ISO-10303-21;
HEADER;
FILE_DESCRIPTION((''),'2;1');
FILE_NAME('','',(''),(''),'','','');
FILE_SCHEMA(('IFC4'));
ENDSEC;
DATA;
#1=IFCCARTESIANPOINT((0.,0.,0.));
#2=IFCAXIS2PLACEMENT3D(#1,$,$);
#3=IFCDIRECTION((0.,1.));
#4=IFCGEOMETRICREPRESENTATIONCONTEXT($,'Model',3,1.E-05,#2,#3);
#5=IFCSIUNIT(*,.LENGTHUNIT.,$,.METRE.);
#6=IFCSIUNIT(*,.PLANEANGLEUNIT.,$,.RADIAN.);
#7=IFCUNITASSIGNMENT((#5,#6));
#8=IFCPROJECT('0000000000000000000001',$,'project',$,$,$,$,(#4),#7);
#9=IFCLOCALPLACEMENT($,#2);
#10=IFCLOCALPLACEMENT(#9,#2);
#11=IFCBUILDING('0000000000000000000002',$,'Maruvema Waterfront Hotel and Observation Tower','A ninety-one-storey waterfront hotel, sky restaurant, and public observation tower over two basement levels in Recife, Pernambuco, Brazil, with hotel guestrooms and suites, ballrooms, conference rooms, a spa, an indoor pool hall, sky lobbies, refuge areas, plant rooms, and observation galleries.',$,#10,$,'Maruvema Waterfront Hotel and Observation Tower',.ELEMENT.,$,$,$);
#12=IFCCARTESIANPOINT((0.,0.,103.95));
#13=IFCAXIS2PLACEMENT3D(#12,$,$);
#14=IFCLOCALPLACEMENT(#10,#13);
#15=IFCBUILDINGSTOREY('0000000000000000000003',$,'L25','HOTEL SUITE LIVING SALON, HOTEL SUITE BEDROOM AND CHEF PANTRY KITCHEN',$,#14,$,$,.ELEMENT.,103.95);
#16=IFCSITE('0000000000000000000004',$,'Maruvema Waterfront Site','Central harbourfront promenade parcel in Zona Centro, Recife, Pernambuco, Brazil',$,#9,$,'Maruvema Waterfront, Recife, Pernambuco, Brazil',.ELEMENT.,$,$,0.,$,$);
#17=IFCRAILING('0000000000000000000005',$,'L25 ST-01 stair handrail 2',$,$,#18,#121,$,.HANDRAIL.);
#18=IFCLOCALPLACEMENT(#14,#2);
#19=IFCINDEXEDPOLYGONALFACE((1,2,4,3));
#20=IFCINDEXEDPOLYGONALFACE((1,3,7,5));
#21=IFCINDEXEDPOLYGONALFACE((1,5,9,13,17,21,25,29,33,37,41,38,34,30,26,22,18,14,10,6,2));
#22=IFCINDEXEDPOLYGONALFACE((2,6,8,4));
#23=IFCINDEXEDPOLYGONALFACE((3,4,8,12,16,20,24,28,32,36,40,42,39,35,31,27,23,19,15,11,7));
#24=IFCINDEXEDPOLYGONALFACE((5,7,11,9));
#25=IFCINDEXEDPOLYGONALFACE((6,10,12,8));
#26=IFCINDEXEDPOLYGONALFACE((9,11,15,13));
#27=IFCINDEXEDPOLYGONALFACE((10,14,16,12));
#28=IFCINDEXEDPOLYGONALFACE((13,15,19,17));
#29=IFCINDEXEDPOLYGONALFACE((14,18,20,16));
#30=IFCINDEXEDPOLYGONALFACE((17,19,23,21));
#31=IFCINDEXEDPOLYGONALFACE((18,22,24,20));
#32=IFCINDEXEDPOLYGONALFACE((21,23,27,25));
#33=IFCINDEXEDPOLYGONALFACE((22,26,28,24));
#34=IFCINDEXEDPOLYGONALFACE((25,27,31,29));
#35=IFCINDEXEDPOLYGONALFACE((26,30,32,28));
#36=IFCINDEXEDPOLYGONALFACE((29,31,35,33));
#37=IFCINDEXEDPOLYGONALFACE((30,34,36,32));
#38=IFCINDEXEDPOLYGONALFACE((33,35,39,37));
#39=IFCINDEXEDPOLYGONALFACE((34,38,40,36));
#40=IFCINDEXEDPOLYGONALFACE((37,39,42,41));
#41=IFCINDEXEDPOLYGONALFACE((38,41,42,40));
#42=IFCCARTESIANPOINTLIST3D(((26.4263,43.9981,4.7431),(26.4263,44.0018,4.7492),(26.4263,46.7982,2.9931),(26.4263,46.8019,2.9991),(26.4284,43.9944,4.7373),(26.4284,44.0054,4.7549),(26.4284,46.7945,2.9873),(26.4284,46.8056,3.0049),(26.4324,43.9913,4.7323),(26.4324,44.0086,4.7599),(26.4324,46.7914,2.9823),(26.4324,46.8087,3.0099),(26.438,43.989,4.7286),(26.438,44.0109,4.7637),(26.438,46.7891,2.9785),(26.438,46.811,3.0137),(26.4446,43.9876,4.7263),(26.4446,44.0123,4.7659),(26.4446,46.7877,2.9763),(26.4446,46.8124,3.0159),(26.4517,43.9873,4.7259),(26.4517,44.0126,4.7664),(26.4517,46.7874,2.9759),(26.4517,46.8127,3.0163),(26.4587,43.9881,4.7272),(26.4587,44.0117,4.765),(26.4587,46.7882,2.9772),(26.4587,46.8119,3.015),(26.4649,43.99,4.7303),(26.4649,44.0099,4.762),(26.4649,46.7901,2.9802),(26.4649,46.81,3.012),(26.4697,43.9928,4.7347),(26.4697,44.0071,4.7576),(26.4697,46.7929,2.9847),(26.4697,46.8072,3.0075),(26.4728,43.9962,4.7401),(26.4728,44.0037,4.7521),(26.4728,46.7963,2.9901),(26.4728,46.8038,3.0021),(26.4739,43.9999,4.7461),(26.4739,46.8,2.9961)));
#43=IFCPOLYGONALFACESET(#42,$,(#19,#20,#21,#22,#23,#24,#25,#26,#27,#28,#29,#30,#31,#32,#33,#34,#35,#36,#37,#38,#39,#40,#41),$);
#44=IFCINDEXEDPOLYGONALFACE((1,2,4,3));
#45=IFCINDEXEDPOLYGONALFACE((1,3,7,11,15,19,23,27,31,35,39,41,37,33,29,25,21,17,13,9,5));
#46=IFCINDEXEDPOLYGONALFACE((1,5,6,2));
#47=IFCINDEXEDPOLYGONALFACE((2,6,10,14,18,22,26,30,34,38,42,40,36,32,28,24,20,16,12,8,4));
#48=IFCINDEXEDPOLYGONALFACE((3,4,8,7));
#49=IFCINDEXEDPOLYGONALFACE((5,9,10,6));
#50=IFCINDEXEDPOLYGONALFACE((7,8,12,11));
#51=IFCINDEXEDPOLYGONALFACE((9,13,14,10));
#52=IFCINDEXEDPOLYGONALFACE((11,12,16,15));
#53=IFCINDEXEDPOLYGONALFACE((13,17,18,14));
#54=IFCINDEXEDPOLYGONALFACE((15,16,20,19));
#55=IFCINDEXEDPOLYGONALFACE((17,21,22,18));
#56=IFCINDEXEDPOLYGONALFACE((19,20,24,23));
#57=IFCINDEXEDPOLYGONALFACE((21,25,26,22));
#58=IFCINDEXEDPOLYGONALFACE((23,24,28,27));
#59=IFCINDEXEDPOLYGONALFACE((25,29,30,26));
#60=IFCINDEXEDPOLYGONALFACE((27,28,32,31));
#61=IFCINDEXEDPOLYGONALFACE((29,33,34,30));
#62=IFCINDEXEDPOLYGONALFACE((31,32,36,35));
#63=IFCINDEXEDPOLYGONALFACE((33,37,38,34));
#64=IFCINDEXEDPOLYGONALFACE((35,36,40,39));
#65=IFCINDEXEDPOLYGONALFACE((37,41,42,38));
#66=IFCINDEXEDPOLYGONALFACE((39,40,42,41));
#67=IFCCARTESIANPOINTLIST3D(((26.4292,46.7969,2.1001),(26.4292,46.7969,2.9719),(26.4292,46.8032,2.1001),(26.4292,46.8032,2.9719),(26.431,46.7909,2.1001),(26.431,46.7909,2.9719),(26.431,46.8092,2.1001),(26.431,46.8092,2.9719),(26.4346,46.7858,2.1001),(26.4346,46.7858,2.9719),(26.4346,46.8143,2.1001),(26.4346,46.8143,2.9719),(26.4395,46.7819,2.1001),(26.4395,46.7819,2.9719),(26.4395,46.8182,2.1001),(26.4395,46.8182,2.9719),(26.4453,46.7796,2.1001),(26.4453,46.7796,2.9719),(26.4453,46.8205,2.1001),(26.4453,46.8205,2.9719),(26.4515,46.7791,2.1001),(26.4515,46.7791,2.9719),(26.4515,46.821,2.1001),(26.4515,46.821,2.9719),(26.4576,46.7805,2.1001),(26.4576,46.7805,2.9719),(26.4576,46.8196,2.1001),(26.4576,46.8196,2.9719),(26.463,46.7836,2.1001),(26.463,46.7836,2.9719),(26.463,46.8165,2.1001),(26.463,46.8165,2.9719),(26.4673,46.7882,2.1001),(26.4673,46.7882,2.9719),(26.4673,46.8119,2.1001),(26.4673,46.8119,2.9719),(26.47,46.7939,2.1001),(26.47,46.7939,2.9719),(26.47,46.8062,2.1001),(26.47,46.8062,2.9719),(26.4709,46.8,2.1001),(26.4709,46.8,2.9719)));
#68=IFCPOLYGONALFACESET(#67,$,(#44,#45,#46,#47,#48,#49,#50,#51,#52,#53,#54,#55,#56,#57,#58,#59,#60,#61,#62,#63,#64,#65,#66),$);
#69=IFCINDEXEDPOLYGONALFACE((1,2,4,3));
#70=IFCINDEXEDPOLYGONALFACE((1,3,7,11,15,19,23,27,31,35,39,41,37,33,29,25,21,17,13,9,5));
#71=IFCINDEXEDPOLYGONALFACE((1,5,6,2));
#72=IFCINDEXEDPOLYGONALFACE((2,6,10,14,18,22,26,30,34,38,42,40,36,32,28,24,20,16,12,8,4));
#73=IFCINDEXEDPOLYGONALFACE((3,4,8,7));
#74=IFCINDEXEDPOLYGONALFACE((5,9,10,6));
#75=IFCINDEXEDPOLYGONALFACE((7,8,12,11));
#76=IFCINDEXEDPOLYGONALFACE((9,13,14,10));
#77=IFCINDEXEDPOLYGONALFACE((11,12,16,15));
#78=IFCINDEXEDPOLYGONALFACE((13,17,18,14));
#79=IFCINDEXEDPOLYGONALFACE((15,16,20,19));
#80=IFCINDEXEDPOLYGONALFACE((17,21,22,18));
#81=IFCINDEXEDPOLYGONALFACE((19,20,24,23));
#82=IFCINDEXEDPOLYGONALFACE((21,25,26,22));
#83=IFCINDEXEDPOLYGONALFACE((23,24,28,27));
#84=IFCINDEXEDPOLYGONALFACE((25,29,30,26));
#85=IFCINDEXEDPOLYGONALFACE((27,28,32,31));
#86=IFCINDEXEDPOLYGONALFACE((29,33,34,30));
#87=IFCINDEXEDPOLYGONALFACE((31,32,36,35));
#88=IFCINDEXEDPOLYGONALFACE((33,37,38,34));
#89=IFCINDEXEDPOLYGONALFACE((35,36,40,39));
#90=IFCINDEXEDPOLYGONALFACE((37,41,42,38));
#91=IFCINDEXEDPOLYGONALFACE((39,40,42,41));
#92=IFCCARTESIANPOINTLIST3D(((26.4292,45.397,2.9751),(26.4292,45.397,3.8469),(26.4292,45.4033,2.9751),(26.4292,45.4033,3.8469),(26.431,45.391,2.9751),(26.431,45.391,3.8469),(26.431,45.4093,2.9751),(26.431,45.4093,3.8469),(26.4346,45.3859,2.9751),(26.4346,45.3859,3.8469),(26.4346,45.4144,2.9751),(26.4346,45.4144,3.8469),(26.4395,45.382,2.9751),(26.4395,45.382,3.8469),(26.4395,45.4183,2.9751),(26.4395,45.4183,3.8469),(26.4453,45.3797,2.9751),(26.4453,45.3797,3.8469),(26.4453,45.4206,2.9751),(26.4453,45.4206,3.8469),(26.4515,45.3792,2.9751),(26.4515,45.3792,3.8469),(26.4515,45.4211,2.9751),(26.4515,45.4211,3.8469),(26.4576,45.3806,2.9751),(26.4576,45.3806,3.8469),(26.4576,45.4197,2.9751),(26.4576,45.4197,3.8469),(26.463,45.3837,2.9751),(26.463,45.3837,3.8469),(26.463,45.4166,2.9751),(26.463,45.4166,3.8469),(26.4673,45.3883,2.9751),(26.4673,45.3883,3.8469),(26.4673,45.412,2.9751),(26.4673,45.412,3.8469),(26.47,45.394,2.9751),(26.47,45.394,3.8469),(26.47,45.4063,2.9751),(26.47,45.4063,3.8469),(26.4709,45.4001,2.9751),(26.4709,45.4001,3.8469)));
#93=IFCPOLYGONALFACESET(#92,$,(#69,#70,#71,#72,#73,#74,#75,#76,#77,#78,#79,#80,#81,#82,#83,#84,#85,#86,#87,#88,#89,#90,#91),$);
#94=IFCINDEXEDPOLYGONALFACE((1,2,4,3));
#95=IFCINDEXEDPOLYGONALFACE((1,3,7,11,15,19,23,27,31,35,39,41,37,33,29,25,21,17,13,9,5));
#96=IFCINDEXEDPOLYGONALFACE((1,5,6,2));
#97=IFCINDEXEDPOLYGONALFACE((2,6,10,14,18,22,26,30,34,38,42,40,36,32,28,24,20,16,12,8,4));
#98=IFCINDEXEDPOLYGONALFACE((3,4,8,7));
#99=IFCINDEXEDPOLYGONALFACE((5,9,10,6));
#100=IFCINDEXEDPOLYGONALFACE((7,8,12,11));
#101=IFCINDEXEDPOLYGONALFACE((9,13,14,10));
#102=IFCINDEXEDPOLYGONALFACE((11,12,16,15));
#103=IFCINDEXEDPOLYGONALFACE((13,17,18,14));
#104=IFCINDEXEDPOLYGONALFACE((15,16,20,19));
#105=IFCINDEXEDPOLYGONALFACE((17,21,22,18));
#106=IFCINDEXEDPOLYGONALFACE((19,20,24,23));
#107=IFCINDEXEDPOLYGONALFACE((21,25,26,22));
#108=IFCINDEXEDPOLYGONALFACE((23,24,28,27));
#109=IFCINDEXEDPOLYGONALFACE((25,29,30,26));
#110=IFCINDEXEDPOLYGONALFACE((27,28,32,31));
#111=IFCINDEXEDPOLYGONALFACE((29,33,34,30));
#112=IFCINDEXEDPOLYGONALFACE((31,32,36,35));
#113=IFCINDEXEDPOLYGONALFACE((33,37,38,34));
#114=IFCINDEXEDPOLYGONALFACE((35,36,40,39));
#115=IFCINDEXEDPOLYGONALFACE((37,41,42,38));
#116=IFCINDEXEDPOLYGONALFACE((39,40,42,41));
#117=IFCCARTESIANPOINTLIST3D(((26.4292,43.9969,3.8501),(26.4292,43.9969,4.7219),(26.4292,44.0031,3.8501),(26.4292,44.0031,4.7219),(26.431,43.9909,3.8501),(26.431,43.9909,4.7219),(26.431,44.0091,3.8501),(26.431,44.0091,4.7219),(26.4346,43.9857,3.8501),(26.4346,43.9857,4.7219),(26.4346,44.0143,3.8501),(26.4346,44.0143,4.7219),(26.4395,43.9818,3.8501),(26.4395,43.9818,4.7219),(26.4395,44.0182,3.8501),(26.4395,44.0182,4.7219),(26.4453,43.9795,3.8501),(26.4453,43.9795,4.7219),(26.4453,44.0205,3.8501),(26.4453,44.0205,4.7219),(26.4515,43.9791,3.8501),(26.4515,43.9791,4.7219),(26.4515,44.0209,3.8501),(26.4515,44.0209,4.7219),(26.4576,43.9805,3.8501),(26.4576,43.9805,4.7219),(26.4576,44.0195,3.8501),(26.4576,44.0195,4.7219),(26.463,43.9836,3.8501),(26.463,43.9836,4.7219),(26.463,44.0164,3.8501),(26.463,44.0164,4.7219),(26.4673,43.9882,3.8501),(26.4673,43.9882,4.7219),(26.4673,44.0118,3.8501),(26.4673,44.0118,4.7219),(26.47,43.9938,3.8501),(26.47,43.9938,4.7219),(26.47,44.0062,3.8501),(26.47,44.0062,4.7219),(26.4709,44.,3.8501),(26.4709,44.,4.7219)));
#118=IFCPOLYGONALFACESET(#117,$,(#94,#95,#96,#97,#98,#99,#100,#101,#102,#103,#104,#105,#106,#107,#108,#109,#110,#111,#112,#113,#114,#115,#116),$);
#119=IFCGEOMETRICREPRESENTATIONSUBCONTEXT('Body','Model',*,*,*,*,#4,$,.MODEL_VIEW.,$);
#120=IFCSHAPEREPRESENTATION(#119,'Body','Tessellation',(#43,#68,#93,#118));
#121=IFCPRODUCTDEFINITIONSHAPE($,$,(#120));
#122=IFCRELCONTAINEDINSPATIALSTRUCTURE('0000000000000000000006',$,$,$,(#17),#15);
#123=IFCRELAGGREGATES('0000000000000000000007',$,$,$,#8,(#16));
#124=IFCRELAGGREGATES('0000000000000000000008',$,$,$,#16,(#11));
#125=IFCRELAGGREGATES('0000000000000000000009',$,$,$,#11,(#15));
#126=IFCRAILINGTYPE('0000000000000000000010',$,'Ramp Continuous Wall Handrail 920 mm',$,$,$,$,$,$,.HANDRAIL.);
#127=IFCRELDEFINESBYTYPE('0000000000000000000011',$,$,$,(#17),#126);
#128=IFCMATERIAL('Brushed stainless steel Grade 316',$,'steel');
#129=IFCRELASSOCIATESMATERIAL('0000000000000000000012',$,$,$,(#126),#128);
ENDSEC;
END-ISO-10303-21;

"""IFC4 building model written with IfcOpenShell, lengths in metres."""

from ifc_helpers import new_model, si_unit, direction, frame, origin, origin_2d, place, context, subcontext, project, spatial, circle, extrude, material, type_object, element, save


model = new_model("IFC4")

# Units and contexts
model_context = context("Model", 3, precision=1e-05, world=origin(), true_north=direction((0.0, 1.0)))
body_context = subcontext(model_context, "Body", "Model", "MODEL_VIEW")
ifc_project = project(units=[si_unit("LENGTHUNIT", "METRE"), si_unit("PLANEANGLEUNIT", "RADIAN")], contexts=[model_context])

# Site, building, storey
site_placement = place(None, origin())
site = spatial("IfcSite", under=ifc_project, at=site_placement, Name="Maruvema Waterfront Site", Description="Central harbourfront promenade parcel in Zona Centro, Recife, Pernambuco, Brazil", LongName="Maruvema Waterfront, Recife, Pernambuco, Brazil", CompositionType="ELEMENT", RefElevation=0.0)
building_placement = place(site_placement, origin())
building = spatial("IfcBuilding", under=site, at=building_placement, Name="Maruvema Waterfront Hotel and Observation Tower", Description="A ninety-one-storey waterfront hotel, sky restaurant, and public observation tower over two basement levels in Recife, Pernambuco, Brazil, with hotel guestrooms and suites, ballrooms, conference rooms, a spa, an indoor pool hall, sky lobbies, refuge areas, plant rooms, and observation galleries.", LongName="Maruvema Waterfront Hotel and Observation Tower", CompositionType="ELEMENT")
storey_placement = place(building_placement, frame((0.0, 0.0, 103.95)))
storey = spatial("IfcBuildingStorey", under=building, at=storey_placement, Name="L25", Description="HOTEL SUITE LIVING SALON, HOTEL SUITE BEDROOM AND CHEF PANTRY KITCHEN", CompositionType="ELEMENT", Elevation=103.95)

# Railing
ifc_material_1 = material(Name="Brushed stainless steel Grade 316", Category="steel")
railing_type_1 = type_object("IfcRailingType", Name="Ramp Continuous Wall Handrail 920 mm", PredefinedType="HANDRAIL", material=ifc_material_1)
railing_1_placement = place(storey_placement, frame((26.45, 46.8, 2.1001)))
element("IfcRailing", 1, at=railing_1_placement, inside=storey, type_object=railing_type_1, Name="L25 ST-01 stair handrail 2", PredefinedType="HANDRAIL", context=body_context, shape_type="SweptSolid", body=[
    extrude(circle(Radius=0.0239, at=origin_2d()), frame((0.0, 0.0, 0.896), z_axis=(0.0, -0.848002, 0.529992), x_axis=(1.0, 0.0, 0.0)), (0.0, 0.0, 1.0), 3.302),
    extrude(circle(Radius=0.021, at=origin_2d()), origin(), (0.0, 0.0, 1.0), 0.8718),
    extrude(circle(Radius=0.021, at=origin_2d()), frame((0.0, -1.3999, 0.875)), (0.0, 0.0, 1.0), 0.8718),
    extrude(circle(Radius=0.021, at=origin_2d()), frame((0.0, -2.8, 1.75)), (0.0, 0.0, 1.0), 0.8718),
])

save(model, "model.ifc")
